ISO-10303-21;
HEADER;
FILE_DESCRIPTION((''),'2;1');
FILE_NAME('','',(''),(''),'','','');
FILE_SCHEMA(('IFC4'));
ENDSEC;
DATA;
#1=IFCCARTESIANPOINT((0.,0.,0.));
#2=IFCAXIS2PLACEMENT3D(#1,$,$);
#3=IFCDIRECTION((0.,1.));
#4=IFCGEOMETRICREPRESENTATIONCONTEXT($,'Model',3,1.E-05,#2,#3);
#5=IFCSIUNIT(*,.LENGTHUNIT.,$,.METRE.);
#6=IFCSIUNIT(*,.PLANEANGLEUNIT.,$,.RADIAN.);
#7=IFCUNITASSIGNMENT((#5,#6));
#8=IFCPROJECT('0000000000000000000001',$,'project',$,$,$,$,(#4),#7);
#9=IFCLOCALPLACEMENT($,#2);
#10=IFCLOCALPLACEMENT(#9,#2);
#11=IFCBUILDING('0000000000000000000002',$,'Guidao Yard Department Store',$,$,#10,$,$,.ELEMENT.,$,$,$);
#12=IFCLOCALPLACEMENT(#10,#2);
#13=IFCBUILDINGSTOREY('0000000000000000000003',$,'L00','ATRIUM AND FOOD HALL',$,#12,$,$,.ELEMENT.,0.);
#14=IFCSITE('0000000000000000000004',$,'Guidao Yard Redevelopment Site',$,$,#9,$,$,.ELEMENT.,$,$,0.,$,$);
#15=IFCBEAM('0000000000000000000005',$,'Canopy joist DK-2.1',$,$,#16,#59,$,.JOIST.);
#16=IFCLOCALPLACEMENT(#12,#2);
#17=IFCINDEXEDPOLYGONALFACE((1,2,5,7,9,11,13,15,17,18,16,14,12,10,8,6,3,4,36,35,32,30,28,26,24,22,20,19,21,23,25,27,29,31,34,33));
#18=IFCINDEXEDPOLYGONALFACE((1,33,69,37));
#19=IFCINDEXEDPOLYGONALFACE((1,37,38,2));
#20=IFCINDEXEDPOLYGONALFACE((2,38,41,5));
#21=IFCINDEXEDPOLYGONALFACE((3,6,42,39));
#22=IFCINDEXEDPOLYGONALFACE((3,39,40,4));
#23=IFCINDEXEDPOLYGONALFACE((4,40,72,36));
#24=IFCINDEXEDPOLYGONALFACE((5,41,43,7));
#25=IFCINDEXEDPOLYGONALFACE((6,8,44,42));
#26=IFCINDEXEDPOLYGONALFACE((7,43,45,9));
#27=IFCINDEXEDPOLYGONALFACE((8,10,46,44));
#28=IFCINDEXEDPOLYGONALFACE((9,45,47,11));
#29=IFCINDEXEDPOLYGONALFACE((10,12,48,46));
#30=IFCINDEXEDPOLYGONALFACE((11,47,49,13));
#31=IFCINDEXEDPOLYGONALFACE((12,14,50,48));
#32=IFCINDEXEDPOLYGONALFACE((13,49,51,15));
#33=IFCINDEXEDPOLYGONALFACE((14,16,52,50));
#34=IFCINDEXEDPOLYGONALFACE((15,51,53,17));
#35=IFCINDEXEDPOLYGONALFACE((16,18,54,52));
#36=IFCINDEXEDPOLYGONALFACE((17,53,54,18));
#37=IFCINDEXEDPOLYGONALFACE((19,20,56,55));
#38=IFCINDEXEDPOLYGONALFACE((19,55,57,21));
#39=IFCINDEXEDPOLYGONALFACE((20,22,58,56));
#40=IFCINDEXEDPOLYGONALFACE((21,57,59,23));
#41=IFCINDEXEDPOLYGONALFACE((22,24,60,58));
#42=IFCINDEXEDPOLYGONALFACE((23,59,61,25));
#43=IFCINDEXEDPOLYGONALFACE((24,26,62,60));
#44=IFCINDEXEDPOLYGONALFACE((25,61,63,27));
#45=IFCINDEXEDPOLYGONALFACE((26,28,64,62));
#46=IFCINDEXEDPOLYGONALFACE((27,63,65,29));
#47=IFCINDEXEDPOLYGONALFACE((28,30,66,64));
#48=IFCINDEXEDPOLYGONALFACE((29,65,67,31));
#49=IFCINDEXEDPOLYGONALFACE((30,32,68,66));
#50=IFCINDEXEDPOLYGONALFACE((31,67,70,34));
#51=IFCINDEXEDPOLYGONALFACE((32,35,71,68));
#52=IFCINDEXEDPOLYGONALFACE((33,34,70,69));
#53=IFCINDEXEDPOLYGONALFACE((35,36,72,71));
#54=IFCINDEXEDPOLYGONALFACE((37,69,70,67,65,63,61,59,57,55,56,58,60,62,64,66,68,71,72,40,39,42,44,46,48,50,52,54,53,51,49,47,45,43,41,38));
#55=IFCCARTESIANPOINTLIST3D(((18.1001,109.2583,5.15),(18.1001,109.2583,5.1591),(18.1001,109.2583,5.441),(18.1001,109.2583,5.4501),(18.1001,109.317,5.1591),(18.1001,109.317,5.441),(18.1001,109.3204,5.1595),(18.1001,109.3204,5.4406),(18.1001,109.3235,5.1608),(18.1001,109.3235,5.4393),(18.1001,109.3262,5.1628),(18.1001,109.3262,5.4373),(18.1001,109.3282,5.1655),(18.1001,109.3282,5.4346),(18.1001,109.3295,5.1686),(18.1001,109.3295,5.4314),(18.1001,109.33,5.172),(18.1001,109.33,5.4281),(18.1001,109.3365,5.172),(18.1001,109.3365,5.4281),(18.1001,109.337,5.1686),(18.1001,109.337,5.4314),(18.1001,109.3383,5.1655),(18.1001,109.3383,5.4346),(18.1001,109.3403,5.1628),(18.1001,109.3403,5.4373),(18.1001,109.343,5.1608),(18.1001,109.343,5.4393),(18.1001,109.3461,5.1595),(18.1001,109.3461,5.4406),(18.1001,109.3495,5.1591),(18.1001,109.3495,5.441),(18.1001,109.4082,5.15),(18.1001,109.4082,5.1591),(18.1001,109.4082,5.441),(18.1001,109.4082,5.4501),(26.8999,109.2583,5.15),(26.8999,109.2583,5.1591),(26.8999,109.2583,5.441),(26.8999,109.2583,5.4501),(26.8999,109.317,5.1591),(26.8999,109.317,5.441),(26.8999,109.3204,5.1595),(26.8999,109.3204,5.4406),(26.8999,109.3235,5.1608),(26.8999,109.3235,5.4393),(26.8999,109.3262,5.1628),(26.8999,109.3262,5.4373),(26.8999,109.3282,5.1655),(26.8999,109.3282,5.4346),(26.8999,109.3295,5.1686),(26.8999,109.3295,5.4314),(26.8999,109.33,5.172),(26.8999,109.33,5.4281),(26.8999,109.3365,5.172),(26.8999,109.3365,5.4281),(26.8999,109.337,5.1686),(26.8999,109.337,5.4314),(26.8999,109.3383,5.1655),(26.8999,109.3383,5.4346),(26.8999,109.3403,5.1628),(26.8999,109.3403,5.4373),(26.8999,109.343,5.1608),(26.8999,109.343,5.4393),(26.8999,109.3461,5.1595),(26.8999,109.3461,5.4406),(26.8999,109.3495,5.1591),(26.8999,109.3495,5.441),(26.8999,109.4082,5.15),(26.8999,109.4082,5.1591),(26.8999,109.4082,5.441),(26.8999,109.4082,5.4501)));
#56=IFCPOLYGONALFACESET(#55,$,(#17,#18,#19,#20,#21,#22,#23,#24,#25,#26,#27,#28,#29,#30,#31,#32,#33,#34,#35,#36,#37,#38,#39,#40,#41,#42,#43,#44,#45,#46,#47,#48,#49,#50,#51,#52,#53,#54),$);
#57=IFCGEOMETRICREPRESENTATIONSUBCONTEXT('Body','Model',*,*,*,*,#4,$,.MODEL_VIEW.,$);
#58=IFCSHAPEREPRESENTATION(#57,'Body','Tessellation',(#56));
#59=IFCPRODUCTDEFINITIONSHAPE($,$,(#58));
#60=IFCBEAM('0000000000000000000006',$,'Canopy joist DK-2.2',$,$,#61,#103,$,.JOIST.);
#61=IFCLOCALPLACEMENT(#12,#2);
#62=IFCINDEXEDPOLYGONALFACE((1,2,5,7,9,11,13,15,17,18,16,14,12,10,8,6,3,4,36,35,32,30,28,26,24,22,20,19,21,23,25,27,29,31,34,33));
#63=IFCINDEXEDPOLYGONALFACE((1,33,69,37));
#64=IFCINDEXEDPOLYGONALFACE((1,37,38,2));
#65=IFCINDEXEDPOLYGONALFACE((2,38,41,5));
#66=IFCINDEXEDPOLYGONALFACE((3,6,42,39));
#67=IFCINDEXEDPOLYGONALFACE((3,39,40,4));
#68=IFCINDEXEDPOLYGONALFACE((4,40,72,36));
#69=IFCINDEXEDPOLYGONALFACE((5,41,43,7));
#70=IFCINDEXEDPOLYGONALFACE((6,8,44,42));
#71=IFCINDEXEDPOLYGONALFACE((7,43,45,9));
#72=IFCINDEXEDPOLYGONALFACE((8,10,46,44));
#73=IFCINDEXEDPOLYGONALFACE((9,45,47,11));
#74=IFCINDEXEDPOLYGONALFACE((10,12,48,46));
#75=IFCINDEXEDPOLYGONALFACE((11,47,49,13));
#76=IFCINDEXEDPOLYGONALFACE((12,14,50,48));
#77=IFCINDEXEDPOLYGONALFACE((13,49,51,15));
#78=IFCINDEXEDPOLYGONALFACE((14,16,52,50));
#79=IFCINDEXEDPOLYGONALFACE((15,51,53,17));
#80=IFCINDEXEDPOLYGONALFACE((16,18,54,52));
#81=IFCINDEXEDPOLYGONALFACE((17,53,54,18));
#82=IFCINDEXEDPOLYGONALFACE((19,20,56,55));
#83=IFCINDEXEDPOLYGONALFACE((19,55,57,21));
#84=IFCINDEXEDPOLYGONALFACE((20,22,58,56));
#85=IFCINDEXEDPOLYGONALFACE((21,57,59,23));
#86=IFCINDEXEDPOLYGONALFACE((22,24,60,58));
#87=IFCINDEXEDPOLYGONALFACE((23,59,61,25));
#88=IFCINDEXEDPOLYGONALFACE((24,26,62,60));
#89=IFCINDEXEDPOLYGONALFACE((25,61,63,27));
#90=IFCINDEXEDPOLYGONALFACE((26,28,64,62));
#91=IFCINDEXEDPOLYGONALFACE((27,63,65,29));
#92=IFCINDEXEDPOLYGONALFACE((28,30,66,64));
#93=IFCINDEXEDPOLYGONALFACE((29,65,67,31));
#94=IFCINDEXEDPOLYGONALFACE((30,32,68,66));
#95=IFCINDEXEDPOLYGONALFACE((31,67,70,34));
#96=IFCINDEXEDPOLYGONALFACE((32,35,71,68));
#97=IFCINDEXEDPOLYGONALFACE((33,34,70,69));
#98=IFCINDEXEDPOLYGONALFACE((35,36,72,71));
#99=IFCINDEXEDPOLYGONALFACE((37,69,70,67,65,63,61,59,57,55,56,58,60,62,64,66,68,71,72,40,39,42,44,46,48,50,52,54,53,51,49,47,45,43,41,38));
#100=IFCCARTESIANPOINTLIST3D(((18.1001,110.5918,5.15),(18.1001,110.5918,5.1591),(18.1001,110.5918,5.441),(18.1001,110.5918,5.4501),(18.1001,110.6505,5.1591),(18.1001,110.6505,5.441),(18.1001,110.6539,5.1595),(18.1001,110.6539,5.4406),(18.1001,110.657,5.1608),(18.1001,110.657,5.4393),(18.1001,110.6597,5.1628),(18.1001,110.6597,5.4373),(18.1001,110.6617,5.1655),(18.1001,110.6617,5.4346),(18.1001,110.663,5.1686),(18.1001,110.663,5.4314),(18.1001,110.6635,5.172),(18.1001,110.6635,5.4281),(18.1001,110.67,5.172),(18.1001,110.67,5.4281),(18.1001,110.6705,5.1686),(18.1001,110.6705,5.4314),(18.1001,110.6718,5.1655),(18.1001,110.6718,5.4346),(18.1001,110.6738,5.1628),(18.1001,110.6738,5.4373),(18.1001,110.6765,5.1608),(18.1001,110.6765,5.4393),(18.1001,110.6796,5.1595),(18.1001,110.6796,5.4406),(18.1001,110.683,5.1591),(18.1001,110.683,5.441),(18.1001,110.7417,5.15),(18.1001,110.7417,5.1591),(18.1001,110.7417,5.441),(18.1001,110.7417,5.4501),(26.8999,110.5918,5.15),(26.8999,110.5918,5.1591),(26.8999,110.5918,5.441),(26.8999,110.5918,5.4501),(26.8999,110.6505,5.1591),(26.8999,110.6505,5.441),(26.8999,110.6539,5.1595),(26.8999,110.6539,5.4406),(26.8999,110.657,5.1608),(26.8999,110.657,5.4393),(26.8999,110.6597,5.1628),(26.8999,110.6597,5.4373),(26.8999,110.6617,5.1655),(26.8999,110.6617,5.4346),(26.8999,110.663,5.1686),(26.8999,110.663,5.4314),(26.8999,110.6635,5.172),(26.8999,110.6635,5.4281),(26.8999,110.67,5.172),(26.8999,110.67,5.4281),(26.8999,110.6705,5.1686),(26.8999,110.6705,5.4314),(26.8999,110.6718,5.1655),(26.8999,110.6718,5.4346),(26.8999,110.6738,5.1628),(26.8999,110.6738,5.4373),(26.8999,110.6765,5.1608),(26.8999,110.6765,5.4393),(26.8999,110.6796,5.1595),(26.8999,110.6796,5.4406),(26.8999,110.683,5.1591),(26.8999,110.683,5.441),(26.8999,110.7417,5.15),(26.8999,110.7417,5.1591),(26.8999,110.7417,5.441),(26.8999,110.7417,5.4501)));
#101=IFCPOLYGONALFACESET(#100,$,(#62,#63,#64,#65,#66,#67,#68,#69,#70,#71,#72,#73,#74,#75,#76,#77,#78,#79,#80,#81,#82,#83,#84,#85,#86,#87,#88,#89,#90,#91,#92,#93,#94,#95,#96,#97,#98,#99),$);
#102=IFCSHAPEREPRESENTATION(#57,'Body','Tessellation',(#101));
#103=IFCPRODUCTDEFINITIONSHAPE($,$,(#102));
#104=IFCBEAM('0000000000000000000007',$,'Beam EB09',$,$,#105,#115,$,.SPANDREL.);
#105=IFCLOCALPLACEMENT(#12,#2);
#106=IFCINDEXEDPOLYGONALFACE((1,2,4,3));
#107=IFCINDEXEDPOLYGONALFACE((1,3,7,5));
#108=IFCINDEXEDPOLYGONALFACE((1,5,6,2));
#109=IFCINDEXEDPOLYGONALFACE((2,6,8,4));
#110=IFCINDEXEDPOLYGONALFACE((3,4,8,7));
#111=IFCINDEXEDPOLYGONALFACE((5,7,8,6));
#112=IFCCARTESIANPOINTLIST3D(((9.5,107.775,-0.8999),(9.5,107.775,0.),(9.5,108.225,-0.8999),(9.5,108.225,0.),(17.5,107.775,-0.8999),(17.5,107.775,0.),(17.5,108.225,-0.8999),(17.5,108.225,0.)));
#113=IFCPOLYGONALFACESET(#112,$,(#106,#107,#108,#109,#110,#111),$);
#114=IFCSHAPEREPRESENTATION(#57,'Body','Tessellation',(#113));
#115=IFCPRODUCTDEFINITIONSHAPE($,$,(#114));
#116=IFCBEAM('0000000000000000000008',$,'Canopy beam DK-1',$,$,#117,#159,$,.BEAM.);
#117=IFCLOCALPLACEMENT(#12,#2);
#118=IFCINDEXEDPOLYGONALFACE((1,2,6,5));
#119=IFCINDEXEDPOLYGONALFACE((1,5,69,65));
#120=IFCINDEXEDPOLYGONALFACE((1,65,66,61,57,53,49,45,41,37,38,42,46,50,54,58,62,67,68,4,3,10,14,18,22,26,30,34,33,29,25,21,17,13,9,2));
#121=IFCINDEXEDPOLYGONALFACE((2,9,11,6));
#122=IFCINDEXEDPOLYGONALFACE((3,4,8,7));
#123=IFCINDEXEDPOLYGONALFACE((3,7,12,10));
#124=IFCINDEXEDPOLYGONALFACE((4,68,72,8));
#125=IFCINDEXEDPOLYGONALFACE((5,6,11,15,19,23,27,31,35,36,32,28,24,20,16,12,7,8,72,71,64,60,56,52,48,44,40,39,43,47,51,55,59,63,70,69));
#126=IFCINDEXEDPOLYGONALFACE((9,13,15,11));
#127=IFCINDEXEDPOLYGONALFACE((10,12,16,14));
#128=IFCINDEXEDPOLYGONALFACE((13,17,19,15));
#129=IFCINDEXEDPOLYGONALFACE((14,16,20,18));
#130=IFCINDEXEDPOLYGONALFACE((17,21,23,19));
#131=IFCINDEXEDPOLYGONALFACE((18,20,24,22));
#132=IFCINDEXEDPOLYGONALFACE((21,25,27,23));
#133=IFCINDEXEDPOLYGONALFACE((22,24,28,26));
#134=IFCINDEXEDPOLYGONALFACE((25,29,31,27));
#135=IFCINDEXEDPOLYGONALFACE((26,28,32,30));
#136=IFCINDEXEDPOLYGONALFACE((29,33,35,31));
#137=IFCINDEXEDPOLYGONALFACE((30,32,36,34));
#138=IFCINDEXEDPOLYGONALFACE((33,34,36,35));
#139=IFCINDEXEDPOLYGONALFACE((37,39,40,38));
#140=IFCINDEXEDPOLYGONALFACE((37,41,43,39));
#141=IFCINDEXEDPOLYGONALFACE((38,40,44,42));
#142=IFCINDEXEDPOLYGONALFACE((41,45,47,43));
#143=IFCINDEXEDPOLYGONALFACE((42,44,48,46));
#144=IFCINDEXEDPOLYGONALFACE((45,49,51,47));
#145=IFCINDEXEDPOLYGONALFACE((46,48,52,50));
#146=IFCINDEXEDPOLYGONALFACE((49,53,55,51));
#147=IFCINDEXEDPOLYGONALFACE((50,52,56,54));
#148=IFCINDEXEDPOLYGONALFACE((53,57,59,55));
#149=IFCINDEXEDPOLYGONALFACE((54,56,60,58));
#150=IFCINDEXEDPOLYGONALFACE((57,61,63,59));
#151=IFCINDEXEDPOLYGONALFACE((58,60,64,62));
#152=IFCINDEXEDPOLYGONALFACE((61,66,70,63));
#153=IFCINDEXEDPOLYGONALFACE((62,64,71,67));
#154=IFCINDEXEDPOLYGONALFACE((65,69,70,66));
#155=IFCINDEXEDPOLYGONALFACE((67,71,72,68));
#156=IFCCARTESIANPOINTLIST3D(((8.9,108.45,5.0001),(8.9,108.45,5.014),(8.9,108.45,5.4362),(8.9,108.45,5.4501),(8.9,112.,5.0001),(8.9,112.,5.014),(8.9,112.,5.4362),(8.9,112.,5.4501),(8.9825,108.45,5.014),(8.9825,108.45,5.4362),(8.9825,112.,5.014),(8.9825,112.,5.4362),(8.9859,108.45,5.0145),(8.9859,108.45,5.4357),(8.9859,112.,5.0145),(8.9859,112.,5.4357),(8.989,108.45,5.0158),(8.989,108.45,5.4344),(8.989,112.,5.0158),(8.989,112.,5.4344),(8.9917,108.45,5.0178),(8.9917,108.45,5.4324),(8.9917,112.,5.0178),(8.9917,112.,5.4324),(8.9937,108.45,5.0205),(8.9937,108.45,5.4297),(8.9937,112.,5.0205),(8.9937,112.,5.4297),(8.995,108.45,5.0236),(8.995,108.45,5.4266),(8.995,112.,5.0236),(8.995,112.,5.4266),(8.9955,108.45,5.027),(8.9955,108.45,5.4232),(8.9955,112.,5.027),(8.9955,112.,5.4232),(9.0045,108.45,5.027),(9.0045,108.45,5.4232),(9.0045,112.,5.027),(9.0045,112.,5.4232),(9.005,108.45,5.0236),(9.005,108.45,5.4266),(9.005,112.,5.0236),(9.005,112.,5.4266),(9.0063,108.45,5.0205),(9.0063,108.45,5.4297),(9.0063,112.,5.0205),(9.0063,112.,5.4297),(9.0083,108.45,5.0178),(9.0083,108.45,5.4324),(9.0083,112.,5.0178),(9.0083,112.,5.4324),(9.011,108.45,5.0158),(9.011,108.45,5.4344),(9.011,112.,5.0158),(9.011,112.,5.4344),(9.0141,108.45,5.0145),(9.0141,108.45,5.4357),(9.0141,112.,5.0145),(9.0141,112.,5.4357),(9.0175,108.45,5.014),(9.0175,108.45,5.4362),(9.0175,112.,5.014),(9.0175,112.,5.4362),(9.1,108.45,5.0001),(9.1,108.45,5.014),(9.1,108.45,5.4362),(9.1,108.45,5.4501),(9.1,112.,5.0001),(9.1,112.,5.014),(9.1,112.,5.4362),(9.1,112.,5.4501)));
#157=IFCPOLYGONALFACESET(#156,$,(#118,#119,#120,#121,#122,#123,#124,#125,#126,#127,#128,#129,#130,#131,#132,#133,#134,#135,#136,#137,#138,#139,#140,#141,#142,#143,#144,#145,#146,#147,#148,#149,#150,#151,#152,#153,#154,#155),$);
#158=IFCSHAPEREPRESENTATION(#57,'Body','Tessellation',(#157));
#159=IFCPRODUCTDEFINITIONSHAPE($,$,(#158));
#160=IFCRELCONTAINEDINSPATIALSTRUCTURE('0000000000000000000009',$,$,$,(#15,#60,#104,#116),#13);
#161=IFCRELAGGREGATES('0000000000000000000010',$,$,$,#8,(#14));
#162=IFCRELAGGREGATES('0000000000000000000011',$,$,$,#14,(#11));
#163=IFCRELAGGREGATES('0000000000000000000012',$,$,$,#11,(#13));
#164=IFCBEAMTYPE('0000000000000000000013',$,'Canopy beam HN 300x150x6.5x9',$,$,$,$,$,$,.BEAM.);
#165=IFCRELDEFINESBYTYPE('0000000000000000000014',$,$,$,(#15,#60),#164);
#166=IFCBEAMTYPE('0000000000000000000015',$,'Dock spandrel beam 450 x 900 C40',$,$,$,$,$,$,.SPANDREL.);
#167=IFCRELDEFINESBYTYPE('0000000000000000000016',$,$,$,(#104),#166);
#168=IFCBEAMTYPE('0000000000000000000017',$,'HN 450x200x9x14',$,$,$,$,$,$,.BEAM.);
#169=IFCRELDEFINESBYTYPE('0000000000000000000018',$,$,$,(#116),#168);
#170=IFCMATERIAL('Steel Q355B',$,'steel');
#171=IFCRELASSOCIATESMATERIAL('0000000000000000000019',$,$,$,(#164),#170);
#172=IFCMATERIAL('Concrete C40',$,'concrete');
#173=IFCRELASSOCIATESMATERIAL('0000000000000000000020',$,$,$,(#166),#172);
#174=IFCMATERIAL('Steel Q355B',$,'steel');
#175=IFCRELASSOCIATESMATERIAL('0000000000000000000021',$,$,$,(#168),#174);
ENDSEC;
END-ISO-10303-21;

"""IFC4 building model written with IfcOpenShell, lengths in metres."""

from ifc_helpers import new_model, si_unit, direction, frame, origin, origin_2d, place, context, subcontext, project, spatial, rectangle, i_section, extrude, material, material_profile, profile_set, type_object, element, save


model = new_model("IFC4")

# Units and contexts
model_context = context("Model", 3, precision=1e-05, world=origin(), true_north=direction((0.0, 1.0)))
body_context = subcontext(model_context, "Body", "Model", "MODEL_VIEW")
ifc_project = project(units=[si_unit("LENGTHUNIT", "METRE"), si_unit("PLANEANGLEUNIT", "RADIAN")], contexts=[model_context])

# Site, building, storey
site_placement = place(None, origin())
site = spatial("IfcSite", under=ifc_project, at=site_placement, Name="Guidao Yard Redevelopment Site", CompositionType="ELEMENT", RefElevation=0.0)
building_placement = place(site_placement, origin())
building = spatial("IfcBuilding", under=site, at=building_placement, Name="Guidao Yard Department Store", CompositionType="ELEMENT")
storey_placement = place(building_placement, origin())
storey = spatial("IfcBuildingStorey", under=building, at=storey_placement, Name="L00", Description="ATRIUM AND FOOD HALL", CompositionType="ELEMENT", Elevation=0.0)

# Beams
ifc_material_1 = material(Name="Steel Q355B", Category="steel")
ifc_material_profile_1 = material_profile(ifc_material_1, i_section(OverallWidth=0.1499, OverallDepth=0.3, WebThickness=0.0066, FlangeThickness=0.009, FilletRadius=0.0129, at=origin_2d()), Name="HN 300x150x6.5x9")
ifc_profile_set_1 = profile_set([ifc_material_profile_1], Name="Steel Q355B")
beam_type_1 = type_object("IfcBeamType", Name="Canopy beam HN 300x150x6.5x9", PredefinedType="BEAM", material=ifc_profile_set_1)
for number, where, z_axis, x_axis, name in (
    (1, (18.1001, 109.3333, 5.3), (1.0, 0.0, 0.0), (0.0, 1.0, 0.0), "Canopy joist DK-2.1"),
    (2, (18.1001, 110.6667, 5.3), (1.0, 0.0, 0.0), (0.0, 1.0, 0.0), "Canopy joist DK-2.2"),
):
    element("IfcBeam", number, at=place(storey_placement, frame(where, z_axis=z_axis, x_axis=x_axis)), inside=storey, type_object=beam_type_1, Name=name, PredefinedType="JOIST", context=body_context, shape_type="SweptSolid", body=[
        extrude(i_section(OverallWidth=0.1499, OverallDepth=0.3, WebThickness=0.0066, FlangeThickness=0.009, FilletRadius=0.0129, at=origin_2d()), origin(), (0.0, 0.0, 1.0), 8.7998),
    ])
ifc_material_2 = material(Name="Concrete C40", Category="concrete")
ifc_material_profile_2 = material_profile(ifc_material_2, rectangle(XDim=0.45, YDim=0.8999, at=origin_2d()), Name="Dock spandrel beam 450 x 900 C40")
ifc_profile_set_2 = profile_set([ifc_material_profile_2], Name="Concrete C40")
beam_type_2 = type_object("IfcBeamType", Name="Dock spandrel beam 450 x 900 C40", PredefinedType="SPANDREL", material=ifc_profile_set_2)
beam_1_placement = place(storey_placement, frame((9.5, 108.0, -0.45), z_axis=(1.0, 0.0, 0.0), x_axis=(0.0, 1.0, 0.0)))
element("IfcBeam", 3, at=beam_1_placement, inside=storey, type_object=beam_type_2, Name="Beam EB09", PredefinedType="SPANDREL", context=body_context, shape_type="SweptSolid", body=[
    extrude(rectangle(XDim=0.45, YDim=0.8999, at=origin_2d()), origin(), (0.0, 0.0, 1.0), 8.0),
])
ifc_material_3 = material(Name="Steel Q355B", Category="steel")
ifc_material_profile_3 = material_profile(ifc_material_3, i_section(OverallWidth=0.2, OverallDepth=0.45, WebThickness=0.009, FlangeThickness=0.0139, FilletRadius=0.0129, at=origin_2d()), Name="HN 450x200x9x14")
ifc_profile_set_3 = profile_set([ifc_material_profile_3], Name="Steel Q355B")
beam_type_3 = type_object("IfcBeamType", Name="HN 450x200x9x14", PredefinedType="BEAM", material=ifc_profile_set_3)
for number, where, z_axis, x_axis, name in (
    (4, (9.0, 108.45, 5.2251), (0.0, 1.0, 0.0), (-1.0, 0.0, 0.0), "Canopy beam DK-1"),
):
    element("IfcBeam", number, at=place(storey_placement, frame(where, z_axis=z_axis, x_axis=x_axis)), inside=storey, type_object=beam_type_3, Name=name, PredefinedType="BEAM", context=body_context, shape_type="SweptSolid", body=[
        extrude(i_section(OverallWidth=0.2, OverallDepth=0.45, WebThickness=0.009, FlangeThickness=0.0139, FilletRadius=0.0129, at=origin_2d()), origin(), (0.0, 0.0, 1.0), 3.55),
    ])

save(model, "model.ifc")
